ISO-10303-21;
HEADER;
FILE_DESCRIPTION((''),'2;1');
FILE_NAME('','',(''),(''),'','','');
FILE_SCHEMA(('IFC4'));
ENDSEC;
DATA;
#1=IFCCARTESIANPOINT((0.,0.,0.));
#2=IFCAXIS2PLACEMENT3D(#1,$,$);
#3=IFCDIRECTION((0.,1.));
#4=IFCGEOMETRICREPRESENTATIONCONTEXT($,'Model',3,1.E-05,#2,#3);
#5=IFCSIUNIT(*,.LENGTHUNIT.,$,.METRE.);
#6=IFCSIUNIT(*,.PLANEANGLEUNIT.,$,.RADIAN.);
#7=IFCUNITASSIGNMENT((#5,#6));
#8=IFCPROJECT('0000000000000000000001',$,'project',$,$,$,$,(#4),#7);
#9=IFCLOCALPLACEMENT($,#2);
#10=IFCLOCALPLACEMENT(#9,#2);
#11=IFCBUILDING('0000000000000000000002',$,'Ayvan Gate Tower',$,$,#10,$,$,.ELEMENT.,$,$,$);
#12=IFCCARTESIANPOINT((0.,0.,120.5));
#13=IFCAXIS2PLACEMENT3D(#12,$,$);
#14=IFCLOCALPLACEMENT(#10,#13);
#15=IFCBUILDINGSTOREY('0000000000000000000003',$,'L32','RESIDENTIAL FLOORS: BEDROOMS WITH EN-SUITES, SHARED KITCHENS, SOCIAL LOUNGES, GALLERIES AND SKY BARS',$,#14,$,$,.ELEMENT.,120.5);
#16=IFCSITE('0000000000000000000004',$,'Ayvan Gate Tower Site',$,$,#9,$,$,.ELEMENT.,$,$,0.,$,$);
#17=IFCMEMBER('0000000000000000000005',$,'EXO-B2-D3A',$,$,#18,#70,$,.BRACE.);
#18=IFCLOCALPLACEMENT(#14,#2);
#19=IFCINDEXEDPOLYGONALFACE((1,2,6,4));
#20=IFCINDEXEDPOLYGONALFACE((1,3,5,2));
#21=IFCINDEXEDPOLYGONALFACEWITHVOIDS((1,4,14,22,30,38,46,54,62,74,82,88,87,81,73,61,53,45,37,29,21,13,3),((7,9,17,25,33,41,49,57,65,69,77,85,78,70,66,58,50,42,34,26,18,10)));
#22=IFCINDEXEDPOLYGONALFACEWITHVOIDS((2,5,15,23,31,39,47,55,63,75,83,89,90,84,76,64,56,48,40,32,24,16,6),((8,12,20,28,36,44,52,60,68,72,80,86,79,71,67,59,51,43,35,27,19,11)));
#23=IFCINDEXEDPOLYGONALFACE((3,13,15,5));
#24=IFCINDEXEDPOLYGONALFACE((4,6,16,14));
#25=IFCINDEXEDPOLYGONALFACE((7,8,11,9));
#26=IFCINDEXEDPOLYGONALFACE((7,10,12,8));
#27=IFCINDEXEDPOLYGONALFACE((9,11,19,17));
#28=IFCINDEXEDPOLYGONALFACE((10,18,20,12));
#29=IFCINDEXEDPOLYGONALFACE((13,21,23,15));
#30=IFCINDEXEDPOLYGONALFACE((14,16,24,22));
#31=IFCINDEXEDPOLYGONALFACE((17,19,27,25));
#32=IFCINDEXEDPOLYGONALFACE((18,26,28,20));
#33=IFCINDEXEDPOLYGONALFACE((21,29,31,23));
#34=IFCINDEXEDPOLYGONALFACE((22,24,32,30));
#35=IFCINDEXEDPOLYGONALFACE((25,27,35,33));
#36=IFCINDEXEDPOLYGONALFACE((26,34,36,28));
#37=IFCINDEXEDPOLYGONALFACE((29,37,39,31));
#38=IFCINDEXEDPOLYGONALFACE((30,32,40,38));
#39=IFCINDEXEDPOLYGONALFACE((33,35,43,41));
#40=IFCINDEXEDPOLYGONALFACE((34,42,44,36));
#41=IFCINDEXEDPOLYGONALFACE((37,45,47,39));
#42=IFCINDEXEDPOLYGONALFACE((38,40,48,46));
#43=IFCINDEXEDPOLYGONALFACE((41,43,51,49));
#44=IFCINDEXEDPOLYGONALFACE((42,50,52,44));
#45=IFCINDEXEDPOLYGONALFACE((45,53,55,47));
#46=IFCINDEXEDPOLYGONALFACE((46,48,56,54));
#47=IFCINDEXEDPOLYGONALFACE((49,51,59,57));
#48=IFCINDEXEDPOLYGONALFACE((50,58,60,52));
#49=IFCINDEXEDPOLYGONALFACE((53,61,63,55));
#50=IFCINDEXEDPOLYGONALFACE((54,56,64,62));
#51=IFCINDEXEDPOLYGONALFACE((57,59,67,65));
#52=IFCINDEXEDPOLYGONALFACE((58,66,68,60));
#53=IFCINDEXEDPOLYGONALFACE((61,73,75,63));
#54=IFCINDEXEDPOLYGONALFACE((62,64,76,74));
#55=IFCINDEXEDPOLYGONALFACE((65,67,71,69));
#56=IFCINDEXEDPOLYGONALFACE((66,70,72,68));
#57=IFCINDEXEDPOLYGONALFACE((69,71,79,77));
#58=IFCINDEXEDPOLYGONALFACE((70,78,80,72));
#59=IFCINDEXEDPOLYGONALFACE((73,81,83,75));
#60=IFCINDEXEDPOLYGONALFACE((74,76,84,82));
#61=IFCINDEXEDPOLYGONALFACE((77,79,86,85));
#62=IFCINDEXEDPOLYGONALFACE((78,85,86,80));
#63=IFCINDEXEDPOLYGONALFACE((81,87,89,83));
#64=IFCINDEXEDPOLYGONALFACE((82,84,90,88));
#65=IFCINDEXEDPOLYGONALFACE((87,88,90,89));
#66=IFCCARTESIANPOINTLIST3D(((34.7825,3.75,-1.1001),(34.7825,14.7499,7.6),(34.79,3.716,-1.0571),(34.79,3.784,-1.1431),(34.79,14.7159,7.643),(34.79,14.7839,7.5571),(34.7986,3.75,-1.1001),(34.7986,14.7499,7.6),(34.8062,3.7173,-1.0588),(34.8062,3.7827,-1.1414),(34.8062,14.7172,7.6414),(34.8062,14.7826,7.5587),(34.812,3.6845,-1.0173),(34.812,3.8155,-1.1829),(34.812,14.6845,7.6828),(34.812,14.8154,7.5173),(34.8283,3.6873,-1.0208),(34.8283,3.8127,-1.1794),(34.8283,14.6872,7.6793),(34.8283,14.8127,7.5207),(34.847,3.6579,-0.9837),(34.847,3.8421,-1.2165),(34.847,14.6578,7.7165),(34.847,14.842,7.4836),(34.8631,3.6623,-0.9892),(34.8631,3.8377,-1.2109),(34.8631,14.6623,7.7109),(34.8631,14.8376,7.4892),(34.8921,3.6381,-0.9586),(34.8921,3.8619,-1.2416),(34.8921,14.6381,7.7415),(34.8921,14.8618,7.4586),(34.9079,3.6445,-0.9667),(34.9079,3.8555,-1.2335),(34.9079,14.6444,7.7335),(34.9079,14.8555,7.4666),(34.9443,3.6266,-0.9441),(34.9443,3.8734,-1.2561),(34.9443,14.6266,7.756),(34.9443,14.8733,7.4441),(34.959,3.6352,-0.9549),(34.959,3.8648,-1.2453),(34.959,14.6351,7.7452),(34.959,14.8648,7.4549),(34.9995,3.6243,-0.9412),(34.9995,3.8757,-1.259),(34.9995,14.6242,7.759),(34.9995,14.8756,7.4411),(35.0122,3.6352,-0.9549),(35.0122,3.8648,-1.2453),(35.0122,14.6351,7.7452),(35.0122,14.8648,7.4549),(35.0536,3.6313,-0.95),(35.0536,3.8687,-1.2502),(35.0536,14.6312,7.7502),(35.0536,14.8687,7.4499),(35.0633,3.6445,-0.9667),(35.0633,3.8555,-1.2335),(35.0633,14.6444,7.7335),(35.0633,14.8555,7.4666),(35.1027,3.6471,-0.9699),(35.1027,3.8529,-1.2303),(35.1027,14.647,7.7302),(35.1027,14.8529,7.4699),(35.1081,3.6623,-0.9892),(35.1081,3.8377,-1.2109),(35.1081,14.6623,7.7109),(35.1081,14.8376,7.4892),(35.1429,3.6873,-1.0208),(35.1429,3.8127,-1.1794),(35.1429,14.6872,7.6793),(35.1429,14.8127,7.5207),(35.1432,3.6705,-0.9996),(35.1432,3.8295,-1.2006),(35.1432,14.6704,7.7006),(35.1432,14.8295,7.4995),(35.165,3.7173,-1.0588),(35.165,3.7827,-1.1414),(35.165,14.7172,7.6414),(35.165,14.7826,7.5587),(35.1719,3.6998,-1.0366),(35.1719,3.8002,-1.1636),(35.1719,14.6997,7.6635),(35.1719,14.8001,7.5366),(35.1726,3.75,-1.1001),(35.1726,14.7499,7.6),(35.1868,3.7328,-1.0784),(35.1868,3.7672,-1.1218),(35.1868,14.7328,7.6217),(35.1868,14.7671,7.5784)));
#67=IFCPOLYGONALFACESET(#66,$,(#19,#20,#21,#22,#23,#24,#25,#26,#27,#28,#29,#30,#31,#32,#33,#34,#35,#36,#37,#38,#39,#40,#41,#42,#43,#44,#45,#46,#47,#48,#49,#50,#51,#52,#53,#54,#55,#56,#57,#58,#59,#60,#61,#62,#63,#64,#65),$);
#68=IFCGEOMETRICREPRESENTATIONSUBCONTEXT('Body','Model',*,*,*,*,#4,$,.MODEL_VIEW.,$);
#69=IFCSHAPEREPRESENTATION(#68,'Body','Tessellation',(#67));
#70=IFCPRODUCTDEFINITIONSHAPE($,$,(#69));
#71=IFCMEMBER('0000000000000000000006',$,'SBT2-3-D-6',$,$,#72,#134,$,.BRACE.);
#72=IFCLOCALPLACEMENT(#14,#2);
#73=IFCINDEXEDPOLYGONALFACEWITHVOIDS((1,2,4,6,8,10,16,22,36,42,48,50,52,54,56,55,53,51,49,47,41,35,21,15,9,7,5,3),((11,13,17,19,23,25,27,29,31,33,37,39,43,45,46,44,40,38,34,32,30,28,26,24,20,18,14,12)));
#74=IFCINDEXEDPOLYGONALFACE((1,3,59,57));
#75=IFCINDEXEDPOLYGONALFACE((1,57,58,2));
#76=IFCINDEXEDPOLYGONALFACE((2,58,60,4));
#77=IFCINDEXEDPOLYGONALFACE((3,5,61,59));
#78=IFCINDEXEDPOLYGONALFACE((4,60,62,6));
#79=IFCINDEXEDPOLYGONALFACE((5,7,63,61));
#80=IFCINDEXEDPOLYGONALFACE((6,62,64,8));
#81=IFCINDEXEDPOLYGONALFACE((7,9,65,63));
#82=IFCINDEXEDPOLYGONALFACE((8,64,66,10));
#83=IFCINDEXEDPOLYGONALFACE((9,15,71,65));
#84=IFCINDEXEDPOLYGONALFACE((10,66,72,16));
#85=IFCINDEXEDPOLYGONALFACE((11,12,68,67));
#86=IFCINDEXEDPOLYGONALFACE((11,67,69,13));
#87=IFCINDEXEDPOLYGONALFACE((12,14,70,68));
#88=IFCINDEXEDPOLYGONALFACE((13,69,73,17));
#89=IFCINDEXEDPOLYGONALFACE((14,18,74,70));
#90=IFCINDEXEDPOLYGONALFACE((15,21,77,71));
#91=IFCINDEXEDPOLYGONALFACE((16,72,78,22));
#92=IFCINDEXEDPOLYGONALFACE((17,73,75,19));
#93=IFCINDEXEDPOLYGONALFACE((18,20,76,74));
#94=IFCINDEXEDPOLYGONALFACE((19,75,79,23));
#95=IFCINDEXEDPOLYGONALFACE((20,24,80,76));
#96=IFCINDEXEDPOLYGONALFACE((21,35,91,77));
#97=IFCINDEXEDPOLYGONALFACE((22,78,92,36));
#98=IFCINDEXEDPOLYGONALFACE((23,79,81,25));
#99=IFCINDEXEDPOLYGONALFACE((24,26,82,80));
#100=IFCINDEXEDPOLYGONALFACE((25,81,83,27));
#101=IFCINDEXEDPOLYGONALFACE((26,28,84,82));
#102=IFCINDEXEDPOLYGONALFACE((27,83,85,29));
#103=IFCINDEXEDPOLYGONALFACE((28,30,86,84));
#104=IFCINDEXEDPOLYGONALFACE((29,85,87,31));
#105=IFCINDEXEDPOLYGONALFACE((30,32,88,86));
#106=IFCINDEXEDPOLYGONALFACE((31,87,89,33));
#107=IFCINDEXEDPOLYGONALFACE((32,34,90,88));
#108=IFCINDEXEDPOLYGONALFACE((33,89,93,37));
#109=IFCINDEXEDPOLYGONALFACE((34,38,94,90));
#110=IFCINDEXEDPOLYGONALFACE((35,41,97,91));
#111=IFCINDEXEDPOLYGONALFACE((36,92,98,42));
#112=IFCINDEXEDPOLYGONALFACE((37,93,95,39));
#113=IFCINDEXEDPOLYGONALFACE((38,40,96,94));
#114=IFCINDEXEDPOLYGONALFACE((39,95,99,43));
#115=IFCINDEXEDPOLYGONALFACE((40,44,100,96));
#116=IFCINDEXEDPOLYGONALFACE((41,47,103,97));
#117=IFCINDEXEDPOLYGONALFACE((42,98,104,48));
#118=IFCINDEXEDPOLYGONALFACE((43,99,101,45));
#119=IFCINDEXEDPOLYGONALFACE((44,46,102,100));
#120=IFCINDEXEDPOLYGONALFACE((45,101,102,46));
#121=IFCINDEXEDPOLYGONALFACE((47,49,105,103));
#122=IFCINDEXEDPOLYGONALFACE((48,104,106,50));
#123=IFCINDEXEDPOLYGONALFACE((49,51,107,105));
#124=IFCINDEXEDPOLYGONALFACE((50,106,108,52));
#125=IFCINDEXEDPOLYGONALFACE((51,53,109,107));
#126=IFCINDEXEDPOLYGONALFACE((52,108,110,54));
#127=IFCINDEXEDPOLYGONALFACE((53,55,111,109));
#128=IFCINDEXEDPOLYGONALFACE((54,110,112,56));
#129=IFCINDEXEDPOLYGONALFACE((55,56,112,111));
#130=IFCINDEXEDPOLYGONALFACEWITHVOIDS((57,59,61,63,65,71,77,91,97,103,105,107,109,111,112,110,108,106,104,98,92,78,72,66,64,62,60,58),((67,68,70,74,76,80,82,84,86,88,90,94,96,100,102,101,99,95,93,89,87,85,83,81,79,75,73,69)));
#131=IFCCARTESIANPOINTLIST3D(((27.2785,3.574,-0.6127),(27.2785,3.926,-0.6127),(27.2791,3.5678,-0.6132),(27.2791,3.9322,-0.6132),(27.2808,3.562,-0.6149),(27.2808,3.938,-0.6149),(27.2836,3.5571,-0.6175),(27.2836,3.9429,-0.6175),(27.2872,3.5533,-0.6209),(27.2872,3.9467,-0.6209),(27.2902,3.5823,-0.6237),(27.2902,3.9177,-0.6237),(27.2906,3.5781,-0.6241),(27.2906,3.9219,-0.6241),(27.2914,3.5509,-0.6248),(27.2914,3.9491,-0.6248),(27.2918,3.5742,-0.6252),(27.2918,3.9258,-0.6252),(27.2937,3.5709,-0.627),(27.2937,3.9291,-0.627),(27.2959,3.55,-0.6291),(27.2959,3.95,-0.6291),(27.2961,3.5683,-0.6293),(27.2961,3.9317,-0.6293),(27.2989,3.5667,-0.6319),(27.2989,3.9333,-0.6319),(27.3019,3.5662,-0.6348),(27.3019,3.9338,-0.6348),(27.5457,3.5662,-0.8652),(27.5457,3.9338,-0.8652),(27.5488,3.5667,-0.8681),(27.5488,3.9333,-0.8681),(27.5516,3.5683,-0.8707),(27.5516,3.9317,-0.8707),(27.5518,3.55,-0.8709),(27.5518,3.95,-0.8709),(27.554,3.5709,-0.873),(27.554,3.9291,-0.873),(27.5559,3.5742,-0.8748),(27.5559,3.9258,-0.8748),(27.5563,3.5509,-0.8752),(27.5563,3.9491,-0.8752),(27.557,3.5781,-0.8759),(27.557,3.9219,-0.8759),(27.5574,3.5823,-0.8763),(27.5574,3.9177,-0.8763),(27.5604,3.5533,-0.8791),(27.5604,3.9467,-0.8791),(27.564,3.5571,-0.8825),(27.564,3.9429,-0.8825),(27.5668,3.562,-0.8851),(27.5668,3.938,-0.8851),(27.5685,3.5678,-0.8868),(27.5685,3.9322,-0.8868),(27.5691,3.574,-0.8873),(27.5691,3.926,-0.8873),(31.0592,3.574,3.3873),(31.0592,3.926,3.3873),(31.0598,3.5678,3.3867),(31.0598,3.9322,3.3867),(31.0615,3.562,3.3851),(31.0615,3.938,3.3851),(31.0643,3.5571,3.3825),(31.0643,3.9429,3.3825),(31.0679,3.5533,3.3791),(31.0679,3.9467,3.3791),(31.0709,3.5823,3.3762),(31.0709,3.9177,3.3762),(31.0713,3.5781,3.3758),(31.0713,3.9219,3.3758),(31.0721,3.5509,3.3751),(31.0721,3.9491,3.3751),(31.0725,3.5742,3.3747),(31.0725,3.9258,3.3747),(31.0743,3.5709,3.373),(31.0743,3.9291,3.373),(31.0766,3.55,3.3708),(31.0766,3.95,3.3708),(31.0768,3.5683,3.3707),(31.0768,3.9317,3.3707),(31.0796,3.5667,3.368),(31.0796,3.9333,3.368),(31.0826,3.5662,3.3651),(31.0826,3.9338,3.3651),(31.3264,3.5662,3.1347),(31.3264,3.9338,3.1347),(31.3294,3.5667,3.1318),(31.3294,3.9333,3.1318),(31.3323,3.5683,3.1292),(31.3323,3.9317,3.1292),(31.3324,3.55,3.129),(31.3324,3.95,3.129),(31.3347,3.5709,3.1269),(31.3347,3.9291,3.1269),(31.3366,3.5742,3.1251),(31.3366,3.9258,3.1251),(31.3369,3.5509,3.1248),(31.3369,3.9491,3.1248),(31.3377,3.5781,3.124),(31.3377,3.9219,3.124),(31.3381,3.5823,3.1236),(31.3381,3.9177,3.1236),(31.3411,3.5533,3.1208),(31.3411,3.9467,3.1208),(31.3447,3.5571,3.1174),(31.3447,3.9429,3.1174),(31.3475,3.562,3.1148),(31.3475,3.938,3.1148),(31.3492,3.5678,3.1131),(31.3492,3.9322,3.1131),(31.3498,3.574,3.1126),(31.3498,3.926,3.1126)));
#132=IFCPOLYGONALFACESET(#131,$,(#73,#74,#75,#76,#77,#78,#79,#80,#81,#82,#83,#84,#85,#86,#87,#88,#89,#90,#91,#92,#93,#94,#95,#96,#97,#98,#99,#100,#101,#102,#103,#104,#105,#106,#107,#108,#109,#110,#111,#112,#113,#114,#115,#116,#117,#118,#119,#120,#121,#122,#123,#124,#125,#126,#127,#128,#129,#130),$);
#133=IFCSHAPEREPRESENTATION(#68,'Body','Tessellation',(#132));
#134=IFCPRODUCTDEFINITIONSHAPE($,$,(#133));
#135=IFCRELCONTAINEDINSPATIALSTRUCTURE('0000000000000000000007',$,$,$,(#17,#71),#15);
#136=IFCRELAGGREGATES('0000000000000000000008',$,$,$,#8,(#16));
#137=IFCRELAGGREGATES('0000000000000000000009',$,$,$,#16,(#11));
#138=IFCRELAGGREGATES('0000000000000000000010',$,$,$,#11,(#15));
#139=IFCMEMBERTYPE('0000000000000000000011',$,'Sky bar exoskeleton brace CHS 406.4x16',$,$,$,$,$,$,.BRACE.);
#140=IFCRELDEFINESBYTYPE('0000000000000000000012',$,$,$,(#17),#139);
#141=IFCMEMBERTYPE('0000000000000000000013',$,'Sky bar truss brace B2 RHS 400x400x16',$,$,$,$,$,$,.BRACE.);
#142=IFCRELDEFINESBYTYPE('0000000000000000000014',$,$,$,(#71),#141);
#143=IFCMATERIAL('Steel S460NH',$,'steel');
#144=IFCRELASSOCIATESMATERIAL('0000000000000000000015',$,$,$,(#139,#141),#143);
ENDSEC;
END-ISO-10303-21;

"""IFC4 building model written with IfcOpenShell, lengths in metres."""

from ifc_helpers import new_model, si_unit, direction, frame, origin, origin_2d, place, context, subcontext, project, spatial, hollow_rectangle, hollow_circle, extrude, material, material_profile, profile_set, type_object, element, save


model = new_model("IFC4")

# Units and contexts
model_context = context("Model", 3, precision=1e-05, world=origin(), true_north=direction((0.0, 1.0)))
body_context = subcontext(model_context, "Body", "Model", "MODEL_VIEW")
ifc_project = project(units=[si_unit("LENGTHUNIT", "METRE"), si_unit("PLANEANGLEUNIT", "RADIAN")], contexts=[model_context])

# Site, building, storey
site_placement = place(None, origin())
site = spatial("IfcSite", under=ifc_project, at=site_placement, Name="Ayvan Gate Tower Site", CompositionType="ELEMENT", RefElevation=0.0)
building_placement = place(site_placement, origin())
building = spatial("IfcBuilding", under=site, at=building_placement, Name="Ayvan Gate Tower", CompositionType="ELEMENT")
storey_placement = place(building_placement, frame((0.0, 0.0, 120.5)))
storey = spatial("IfcBuildingStorey", under=building, at=storey_placement, Name="L32", Description="RESIDENTIAL FLOORS: BEDROOMS WITH EN-SUITES, SHARED KITCHENS, SOCIAL LOUNGES, GALLERIES AND SKY BARS", CompositionType="ELEMENT", Elevation=120.5)

# Members
ifc_material_1 = material(Name="Steel S460NH", Category="steel")
ifc_material_profile_1 = material_profile(ifc_material_1, hollow_circle(Radius=0.2031, WallThickness=0.0161, at=origin_2d()), Name="CHS 406.4x16")
ifc_profile_set_1 = profile_set([ifc_material_profile_1], Name="Steel S460NH")
member_type_1 = type_object("IfcMemberType", Name="Sky bar exoskeleton brace CHS 406.4x16", PredefinedType="BRACE", material=ifc_profile_set_1)
member_1_placement = place(storey_placement, frame((34.9856, 3.75, -1.1001), z_axis=(0.0, 0.784328, 0.620346), x_axis=(-1.0, 0.0, 0.0)))
element("IfcMember", 1, at=member_1_placement, inside=storey, type_object=member_type_1, Name="EXO-B2-D3A", PredefinedType="BRACE", context=body_context, shape_type="SweptSolid", body=[
    extrude(hollow_circle(Radius=0.2031, WallThickness=0.0161, at=origin_2d()), origin(), (0.0, 0.0, 1.0), 14.0247),
])
ifc_material_profile_2 = material_profile(ifc_material_1, hollow_rectangle(XDim=0.3999, YDim=0.3999, WallThickness=0.0161, InnerFilletRadius=0.0161, OuterFilletRadius=0.0239, at=origin_2d()), Name="RHS 400x400x16")
ifc_profile_set_2 = profile_set([ifc_material_profile_2], Name="Steel S460NH")
member_type_2 = type_object("IfcMemberType", Name="Sky bar truss brace B2 RHS 400x400x16", PredefinedType="BRACE", material=ifc_profile_set_2)
member_2_placement = place(storey_placement, frame((27.4238, 3.75, -0.75), z_axis=(0.68691, 0.0, 0.726742), x_axis=(0.0, 1.0, 0.0)))
element("IfcMember", 2, at=member_2_placement, inside=storey, type_object=member_type_2, Name="SBT2-3-D-6", PredefinedType="BRACE", context=body_context, shape_type="SweptSolid", body=[
    extrude(hollow_rectangle(XDim=0.3999, YDim=0.3999, WallThickness=0.0161, InnerFilletRadius=0.0161, OuterFilletRadius=0.0239, at=origin_2d()), origin(), (0.0, 0.0, 1.0), 5.5039),
])

save(model, "model.ifc")
